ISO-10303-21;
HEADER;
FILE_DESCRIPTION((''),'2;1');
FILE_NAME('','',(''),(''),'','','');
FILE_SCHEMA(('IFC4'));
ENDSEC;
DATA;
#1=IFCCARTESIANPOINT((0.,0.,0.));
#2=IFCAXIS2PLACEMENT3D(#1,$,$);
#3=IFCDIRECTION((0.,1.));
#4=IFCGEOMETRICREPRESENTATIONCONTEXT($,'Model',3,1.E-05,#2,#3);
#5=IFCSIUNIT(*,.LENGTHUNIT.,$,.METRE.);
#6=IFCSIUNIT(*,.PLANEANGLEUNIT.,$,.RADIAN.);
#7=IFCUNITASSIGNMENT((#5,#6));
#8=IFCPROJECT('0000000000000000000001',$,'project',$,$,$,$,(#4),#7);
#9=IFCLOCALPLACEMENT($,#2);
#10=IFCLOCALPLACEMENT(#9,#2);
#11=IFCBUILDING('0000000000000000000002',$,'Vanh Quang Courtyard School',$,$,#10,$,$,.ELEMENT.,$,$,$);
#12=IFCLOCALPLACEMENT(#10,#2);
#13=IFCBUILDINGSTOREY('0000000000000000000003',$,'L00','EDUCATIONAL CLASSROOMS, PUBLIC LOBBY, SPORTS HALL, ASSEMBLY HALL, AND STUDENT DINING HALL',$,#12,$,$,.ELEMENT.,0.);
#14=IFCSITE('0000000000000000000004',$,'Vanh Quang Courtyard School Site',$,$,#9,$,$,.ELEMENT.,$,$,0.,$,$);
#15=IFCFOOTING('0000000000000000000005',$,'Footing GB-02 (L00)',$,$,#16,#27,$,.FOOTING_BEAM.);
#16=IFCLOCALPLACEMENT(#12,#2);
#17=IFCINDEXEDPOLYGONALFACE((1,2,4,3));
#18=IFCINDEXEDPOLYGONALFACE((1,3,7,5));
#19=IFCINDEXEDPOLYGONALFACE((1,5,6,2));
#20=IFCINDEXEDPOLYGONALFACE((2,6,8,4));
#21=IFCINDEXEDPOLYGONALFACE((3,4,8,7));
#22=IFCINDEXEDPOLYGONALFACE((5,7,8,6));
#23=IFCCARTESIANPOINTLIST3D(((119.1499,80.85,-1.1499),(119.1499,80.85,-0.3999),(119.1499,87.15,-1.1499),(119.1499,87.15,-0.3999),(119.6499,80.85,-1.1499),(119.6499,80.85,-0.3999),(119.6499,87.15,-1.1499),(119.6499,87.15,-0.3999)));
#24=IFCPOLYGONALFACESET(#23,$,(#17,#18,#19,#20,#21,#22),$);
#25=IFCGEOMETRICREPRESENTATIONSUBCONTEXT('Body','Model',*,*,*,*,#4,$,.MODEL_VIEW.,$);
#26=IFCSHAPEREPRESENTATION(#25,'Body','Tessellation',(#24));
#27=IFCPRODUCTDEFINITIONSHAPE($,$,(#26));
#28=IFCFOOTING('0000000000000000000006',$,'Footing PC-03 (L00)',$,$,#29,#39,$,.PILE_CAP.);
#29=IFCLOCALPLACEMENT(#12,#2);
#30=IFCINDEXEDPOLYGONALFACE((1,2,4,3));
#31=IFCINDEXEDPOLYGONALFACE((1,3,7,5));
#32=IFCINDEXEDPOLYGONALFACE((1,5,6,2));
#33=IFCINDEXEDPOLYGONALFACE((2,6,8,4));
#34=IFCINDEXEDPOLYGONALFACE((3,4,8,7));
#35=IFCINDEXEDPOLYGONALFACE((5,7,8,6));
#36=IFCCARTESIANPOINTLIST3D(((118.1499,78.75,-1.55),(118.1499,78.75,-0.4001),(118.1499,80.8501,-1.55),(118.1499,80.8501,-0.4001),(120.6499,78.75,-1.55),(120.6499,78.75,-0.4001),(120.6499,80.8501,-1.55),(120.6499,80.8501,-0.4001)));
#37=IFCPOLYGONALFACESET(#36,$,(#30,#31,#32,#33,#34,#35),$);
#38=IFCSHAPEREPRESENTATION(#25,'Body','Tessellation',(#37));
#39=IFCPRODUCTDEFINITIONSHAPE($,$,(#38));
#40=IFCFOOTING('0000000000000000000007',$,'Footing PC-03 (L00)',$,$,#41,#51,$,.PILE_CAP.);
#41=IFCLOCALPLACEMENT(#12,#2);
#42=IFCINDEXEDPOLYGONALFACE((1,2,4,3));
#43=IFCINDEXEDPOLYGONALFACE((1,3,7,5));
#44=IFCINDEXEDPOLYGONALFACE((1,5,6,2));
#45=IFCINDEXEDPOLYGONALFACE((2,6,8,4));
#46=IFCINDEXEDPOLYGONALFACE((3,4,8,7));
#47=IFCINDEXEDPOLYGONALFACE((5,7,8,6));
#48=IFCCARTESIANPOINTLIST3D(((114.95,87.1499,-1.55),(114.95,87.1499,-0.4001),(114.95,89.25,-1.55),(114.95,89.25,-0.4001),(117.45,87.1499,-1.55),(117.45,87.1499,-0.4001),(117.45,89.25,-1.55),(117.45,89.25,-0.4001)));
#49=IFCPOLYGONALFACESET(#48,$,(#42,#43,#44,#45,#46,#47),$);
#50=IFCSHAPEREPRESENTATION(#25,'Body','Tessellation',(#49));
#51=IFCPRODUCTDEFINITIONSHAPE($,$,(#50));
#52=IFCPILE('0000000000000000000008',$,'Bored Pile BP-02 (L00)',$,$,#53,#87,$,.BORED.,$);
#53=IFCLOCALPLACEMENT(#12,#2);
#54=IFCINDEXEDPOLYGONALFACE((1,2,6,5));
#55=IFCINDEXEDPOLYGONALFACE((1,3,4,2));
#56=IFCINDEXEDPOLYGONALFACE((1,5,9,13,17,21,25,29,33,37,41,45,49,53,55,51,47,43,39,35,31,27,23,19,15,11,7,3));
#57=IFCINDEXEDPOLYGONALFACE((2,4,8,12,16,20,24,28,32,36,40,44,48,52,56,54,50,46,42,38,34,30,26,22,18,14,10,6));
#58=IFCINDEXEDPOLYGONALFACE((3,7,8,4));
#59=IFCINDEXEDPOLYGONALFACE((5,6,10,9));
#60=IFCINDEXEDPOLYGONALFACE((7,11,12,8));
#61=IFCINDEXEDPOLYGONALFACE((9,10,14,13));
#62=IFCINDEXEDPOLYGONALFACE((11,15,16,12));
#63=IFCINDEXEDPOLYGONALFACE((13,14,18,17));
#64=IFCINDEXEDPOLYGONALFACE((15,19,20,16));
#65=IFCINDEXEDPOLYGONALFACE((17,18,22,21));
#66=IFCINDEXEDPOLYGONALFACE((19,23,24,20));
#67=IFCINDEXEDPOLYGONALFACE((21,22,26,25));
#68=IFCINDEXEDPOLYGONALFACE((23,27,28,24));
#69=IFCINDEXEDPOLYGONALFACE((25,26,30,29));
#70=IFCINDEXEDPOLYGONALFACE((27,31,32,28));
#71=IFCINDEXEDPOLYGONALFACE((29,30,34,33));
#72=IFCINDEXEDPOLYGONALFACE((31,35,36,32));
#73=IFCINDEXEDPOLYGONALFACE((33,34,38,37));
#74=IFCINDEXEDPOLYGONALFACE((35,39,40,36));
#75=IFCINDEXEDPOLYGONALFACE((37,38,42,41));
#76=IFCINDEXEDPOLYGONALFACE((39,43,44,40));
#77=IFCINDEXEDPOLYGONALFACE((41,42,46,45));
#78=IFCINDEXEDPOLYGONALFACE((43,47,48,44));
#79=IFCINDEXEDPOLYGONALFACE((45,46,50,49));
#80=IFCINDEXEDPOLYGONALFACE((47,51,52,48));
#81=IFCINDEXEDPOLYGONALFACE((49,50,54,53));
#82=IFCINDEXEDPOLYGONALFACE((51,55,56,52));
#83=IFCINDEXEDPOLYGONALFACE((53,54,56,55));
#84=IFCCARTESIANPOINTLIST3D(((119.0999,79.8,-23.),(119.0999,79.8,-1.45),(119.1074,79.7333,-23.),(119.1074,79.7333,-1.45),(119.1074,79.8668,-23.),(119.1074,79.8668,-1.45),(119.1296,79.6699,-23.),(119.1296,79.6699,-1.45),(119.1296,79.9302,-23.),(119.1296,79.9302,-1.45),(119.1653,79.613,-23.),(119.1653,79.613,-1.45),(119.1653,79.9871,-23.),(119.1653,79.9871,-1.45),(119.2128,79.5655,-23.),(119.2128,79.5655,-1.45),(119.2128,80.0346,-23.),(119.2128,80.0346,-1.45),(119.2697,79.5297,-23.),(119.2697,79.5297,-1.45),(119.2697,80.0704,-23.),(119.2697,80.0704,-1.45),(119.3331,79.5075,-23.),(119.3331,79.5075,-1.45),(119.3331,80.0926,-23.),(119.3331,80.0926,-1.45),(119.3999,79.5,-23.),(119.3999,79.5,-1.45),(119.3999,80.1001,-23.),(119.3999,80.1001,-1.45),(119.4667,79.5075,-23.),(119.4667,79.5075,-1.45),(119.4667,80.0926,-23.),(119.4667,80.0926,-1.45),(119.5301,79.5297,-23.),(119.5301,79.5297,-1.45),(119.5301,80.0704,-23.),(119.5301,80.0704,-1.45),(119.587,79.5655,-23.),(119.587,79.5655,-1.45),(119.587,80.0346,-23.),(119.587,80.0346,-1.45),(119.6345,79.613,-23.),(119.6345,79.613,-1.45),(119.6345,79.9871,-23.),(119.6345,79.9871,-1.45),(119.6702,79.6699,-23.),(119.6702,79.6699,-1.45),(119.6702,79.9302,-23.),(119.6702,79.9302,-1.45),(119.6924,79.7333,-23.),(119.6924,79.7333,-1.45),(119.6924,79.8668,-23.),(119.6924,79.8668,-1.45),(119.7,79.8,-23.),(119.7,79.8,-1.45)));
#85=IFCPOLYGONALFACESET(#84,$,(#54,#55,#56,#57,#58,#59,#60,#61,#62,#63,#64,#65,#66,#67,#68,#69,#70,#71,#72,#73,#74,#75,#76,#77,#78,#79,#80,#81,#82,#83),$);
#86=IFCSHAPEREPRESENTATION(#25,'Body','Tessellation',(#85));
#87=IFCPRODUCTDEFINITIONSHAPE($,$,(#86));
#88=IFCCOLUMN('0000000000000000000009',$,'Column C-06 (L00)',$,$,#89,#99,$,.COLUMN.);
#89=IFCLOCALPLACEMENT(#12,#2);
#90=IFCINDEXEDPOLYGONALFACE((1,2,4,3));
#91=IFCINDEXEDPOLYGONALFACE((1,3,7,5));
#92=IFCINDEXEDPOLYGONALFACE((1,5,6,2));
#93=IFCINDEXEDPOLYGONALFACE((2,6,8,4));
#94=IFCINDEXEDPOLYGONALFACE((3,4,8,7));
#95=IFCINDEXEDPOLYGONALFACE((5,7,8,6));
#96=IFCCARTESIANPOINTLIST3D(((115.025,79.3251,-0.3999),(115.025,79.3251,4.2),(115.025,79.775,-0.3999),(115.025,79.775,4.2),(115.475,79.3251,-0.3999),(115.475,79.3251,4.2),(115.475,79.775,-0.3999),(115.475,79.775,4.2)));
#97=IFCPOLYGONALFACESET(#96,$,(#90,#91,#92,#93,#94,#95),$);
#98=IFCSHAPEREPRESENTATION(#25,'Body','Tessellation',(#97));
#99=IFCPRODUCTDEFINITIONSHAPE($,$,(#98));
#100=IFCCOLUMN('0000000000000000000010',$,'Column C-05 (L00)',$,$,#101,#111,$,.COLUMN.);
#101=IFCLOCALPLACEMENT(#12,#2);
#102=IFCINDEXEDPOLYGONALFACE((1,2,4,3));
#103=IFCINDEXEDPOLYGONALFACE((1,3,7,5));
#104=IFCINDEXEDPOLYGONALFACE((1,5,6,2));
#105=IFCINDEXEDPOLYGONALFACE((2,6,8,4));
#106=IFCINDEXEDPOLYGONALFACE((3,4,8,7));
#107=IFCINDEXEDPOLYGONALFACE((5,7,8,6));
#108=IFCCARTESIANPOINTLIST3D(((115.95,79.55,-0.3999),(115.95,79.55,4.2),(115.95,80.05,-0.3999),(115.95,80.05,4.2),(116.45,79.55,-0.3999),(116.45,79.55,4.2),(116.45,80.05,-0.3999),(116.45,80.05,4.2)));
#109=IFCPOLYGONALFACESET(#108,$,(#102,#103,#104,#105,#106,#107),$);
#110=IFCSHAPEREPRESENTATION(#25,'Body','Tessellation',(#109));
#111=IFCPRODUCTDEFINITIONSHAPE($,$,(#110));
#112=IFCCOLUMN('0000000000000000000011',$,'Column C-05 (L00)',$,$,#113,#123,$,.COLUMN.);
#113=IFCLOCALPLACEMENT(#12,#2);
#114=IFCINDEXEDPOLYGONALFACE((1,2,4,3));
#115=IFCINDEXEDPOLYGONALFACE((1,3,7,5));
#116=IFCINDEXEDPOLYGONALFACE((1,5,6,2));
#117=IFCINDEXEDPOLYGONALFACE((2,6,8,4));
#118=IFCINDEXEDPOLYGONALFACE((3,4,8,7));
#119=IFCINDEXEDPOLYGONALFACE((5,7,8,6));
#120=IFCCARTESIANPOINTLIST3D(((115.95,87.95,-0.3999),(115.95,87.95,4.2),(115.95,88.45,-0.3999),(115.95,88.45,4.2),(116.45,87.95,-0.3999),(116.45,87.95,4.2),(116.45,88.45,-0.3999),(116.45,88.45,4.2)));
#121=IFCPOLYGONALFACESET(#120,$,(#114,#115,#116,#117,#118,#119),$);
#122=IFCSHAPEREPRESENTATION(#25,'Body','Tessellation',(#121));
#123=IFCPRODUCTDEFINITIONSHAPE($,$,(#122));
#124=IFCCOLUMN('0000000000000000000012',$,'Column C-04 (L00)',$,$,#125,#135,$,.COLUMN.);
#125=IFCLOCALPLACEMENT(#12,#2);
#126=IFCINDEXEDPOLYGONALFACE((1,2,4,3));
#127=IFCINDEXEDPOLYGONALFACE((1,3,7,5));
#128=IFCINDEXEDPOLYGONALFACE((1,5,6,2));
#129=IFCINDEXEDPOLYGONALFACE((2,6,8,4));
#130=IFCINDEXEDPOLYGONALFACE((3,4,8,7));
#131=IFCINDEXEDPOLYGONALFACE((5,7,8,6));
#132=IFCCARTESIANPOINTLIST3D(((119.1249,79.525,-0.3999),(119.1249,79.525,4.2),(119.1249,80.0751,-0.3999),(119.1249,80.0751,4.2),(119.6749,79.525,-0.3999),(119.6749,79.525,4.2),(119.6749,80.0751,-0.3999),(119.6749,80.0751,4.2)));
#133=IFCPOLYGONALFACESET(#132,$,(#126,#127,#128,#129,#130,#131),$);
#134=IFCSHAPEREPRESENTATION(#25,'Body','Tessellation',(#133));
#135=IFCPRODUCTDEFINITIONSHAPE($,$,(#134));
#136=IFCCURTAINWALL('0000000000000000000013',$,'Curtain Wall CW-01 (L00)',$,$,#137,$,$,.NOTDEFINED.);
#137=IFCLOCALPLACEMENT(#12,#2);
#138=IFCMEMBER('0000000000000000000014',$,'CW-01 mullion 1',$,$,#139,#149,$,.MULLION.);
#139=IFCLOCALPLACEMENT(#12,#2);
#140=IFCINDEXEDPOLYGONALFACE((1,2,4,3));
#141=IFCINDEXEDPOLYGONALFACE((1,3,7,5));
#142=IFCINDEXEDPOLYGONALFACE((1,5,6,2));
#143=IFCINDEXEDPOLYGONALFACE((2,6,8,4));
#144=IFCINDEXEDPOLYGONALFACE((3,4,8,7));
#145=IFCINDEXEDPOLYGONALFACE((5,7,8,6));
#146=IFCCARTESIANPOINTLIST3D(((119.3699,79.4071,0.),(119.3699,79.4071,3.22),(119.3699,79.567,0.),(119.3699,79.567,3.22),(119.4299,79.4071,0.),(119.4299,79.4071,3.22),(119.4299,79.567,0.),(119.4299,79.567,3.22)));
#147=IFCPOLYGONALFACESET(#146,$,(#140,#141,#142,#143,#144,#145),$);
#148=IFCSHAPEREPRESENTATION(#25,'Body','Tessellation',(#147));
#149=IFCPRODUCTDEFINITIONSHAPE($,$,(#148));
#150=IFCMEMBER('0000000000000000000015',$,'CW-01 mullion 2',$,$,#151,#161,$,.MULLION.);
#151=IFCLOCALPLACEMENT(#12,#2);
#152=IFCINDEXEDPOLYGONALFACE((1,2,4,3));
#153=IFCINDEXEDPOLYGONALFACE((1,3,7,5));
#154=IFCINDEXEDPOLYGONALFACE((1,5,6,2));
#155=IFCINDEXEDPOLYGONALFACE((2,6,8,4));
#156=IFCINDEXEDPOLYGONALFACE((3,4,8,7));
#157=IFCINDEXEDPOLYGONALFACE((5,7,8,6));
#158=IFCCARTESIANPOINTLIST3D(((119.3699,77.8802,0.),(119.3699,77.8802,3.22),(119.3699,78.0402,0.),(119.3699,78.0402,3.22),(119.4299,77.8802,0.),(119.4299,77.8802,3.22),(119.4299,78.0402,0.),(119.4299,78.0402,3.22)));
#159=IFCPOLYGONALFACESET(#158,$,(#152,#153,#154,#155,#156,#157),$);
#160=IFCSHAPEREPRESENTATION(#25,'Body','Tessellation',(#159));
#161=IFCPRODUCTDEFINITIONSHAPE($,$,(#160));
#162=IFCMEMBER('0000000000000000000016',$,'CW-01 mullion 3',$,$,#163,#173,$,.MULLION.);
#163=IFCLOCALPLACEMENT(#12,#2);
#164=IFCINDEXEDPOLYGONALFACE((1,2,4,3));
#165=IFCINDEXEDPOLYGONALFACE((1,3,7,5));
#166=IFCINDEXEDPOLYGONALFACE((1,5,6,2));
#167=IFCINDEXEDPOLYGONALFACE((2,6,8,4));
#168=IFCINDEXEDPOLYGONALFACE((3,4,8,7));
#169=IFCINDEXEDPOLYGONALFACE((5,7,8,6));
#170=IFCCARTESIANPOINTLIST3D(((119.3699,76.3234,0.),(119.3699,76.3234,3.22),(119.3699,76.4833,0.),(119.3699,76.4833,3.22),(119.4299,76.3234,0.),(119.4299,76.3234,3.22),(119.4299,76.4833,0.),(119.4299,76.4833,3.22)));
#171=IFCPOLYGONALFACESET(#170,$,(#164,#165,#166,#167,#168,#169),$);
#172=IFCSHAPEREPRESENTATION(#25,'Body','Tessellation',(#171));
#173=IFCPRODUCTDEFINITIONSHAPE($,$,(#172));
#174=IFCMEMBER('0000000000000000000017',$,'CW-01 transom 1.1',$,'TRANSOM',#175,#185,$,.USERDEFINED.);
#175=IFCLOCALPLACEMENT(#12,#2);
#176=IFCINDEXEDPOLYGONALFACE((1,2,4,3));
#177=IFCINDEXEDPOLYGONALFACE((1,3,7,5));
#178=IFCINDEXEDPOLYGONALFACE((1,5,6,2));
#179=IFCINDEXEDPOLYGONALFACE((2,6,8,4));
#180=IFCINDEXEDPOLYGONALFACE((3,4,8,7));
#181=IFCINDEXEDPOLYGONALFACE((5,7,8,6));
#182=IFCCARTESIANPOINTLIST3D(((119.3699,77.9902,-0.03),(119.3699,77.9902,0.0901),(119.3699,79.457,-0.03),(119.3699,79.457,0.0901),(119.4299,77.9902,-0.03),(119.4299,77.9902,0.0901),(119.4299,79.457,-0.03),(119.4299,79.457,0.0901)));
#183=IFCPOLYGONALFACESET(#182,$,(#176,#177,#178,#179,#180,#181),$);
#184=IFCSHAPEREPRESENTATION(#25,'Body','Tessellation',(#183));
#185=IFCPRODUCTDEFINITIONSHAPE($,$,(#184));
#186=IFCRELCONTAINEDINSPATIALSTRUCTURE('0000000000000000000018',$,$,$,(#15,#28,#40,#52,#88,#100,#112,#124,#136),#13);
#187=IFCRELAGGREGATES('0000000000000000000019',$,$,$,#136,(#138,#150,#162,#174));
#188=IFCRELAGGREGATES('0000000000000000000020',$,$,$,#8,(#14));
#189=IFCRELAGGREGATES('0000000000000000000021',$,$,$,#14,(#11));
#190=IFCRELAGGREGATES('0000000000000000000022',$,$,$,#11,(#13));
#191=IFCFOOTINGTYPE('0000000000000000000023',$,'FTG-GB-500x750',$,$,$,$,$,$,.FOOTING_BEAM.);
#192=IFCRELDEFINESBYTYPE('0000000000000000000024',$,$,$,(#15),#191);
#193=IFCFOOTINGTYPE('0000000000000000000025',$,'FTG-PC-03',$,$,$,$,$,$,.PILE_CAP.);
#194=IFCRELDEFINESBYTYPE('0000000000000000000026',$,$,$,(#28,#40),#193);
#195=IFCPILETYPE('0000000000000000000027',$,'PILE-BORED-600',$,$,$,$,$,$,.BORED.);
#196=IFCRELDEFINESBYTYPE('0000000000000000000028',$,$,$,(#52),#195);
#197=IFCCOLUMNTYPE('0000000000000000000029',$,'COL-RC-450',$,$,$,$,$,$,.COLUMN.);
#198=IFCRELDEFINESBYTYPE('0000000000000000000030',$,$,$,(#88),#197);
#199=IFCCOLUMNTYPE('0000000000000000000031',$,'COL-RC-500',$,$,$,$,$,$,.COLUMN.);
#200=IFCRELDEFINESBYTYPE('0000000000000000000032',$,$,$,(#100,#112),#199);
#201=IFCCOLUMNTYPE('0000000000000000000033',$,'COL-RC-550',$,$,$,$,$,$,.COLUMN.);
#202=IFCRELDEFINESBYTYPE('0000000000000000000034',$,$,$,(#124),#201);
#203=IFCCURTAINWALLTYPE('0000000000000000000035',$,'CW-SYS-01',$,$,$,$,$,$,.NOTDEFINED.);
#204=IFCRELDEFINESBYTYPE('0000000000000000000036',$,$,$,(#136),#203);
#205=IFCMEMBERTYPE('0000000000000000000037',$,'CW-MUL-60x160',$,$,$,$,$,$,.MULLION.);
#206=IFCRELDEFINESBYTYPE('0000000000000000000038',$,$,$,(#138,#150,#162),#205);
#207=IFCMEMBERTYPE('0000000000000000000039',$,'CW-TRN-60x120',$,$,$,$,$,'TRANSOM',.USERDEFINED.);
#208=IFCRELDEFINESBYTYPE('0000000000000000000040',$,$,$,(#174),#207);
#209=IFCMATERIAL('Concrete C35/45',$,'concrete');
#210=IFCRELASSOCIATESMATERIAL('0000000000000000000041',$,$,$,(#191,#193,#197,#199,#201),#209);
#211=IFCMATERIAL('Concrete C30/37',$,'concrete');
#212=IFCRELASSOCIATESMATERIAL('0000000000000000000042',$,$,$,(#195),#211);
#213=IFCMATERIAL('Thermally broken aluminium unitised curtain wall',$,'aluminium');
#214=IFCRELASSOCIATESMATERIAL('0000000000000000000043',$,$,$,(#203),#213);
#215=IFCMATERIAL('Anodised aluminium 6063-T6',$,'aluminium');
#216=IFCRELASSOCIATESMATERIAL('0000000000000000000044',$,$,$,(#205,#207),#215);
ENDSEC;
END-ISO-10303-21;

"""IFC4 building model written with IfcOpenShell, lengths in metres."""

from ifc_helpers import new_model, si_unit, direction, frame, origin, origin_2d, place, context, subcontext, project, spatial, rectangle, circle, extrude, material, material_profile, profile_set, type_object, element, aggregate, save


model = new_model("IFC4")

# Units and contexts
model_context = context("Model", 3, precision=1e-05, world=origin(), true_north=direction((0.0, 1.0)))
body_context = subcontext(model_context, "Body", "Model", "MODEL_VIEW")
ifc_project = project(units=[si_unit("LENGTHUNIT", "METRE"), si_unit("PLANEANGLEUNIT", "RADIAN")], contexts=[model_context])

# Site, building, storey
site_placement = place(None, origin())
site = spatial("IfcSite", under=ifc_project, at=site_placement, Name="Vanh Quang Courtyard School Site", CompositionType="ELEMENT", RefElevation=0.0)
building_placement = place(site_placement, origin())
building = spatial("IfcBuilding", under=site, at=building_placement, Name="Vanh Quang Courtyard School", CompositionType="ELEMENT")
storey_placement = place(building_placement, origin())
storey = spatial("IfcBuildingStorey", under=building, at=storey_placement, Name="L00", Description="EDUCATIONAL CLASSROOMS, PUBLIC LOBBY, SPORTS HALL, ASSEMBLY HALL, AND STUDENT DINING HALL", CompositionType="ELEMENT", Elevation=0.0)

# Footings
ifc_material_1 = material(Name="Concrete C35/45", Category="concrete")
footing_type_1 = type_object("IfcFootingType", Name="FTG-GB-500x750", PredefinedType="FOOTING_BEAM", material=ifc_material_1)
footing_placement = place(storey_placement, frame((119.3999, 84.0, -1.1499), z_axis=(0.0, 0.0, 1.0), x_axis=(0.0, 1.0, 0.0)))
element("IfcFooting", 1, at=footing_placement, inside=storey, type_object=footing_type_1, Name="Footing GB-02 (L00)", PredefinedType="FOOTING_BEAM", context=body_context, shape_type="SweptSolid", body=[
    extrude(rectangle(XDim=6.3, YDim=0.5, at=origin_2d()), origin(), (0.0, 0.0, 1.0), 0.75),
])
footing_type_2 = type_object("IfcFootingType", Name="FTG-PC-03", PredefinedType="PILE_CAP", material=ifc_material_1)
for number, where, z_axis, x_axis, name in (
    (2, (119.3999, 79.8, -1.55), (0.0, 0.0, 1.0), (1.0, 0.0, 0.0), "Footing PC-03 (L00)"),
    (3, (116.2, 88.2, -1.55), (0.0, 0.0, 1.0), (1.0, 0.0, 0.0), "Footing PC-03 (L00)"),
):
    element("IfcFooting", number, at=place(storey_placement, frame(where, z_axis=z_axis, x_axis=x_axis)), inside=storey, type_object=footing_type_2, Name=name, PredefinedType="PILE_CAP", context=body_context, shape_type="SweptSolid", body=[
        extrude(rectangle(XDim=2.5, YDim=2.1001, at=origin_2d()), origin(), (0.0, 0.0, 1.0), 1.1499),
    ])

# Pile
ifc_material_2 = material(Name="Concrete C30/37", Category="concrete")
ifc_material_profile_1 = material_profile(ifc_material_2, circle(Radius=0.3, at=origin_2d()), Name="PILE D600")
ifc_profile_set_1 = profile_set([ifc_material_profile_1], Name="Concrete C30/37")
pile_type = type_object("IfcPileType", Name="PILE-BORED-600", PredefinedType="BORED", material=ifc_profile_set_1)
pile_placement = place(storey_placement, frame((119.3999, 79.8, -1.45), z_axis=(0.0, 0.0, -1.0), x_axis=(1.0, 0.0, 0.0)))
element("IfcPile", 4, at=pile_placement, inside=storey, type_object=pile_type, Name="Bored Pile BP-02 (L00)", PredefinedType="BORED", context=body_context, shape_type="SweptSolid", body=[
    extrude(circle(Radius=0.3, at=origin_2d()), origin(), (0.0, 0.0, 1.0), 21.55),
])

# Columns
ifc_material_profile_2 = material_profile(ifc_material_1, rectangle(XDim=0.45, YDim=0.45, at=origin_2d()), Name="RC-COL 450x450")
ifc_profile_set_2 = profile_set([ifc_material_profile_2], Name="Concrete C35/45")
column_type_1 = type_object("IfcColumnType", Name="COL-RC-450", PredefinedType="COLUMN", material=ifc_profile_set_2)
column_1_placement = place(storey_placement, frame((115.25, 79.55, -0.3999), z_axis=(0.0, 0.0, 1.0), x_axis=(1.0, 0.0, 0.0)))
element("IfcColumn", 5, at=column_1_placement, inside=storey, type_object=column_type_1, Name="Column C-06 (L00)", PredefinedType="COLUMN", context=body_context, shape_type="SweptSolid", body=[
    extrude(rectangle(XDim=0.45, YDim=0.45, at=origin_2d()), origin(), (0.0, 0.0, 1.0), 4.5999),
])
ifc_material_profile_3 = material_profile(ifc_material_1, rectangle(XDim=0.5, YDim=0.5, at=origin_2d()), Name="RC-COL 500x500")
ifc_profile_set_3 = profile_set([ifc_material_profile_3], Name="Concrete C35/45")
column_type_2 = type_object("IfcColumnType", Name="COL-RC-500", PredefinedType="COLUMN", material=ifc_profile_set_3)
for number, where, z_axis, x_axis, name in (
    (6, (116.2, 79.8, -0.3999), (0.0, 0.0, 1.0), (1.0, 0.0, 0.0), "Column C-05 (L00)"),
    (7, (116.2, 88.2, -0.3999), (0.0, 0.0, 1.0), (1.0, 0.0, 0.0), "Column C-05 (L00)"),
):
    element("IfcColumn", number, at=place(storey_placement, frame(where, z_axis=z_axis, x_axis=x_axis)), inside=storey, type_object=column_type_2, Name=name, PredefinedType="COLUMN", context=body_context, shape_type="SweptSolid", body=[
        extrude(rectangle(XDim=0.5, YDim=0.5, at=origin_2d()), origin(), (0.0, 0.0, 1.0), 4.5999),
    ])
ifc_material_profile_4 = material_profile(ifc_material_1, rectangle(XDim=0.55, YDim=0.55, at=origin_2d()), Name="RC-COL 550x550")
ifc_profile_set_4 = profile_set([ifc_material_profile_4], Name="Concrete C35/45")
column_type_3 = type_object("IfcColumnType", Name="COL-RC-550", PredefinedType="COLUMN", material=ifc_profile_set_4)
column_2_placement = place(storey_placement, frame((119.3999, 79.8, -0.3999), z_axis=(0.0, 0.0, 1.0), x_axis=(1.0, 0.0, 0.0)))
element("IfcColumn", 8, at=column_2_placement, inside=storey, type_object=column_type_3, Name="Column C-04 (L00)", PredefinedType="COLUMN", context=body_context, shape_type="SweptSolid", body=[
    extrude(rectangle(XDim=0.55, YDim=0.55, at=origin_2d()), origin(), (0.0, 0.0, 1.0), 4.5999),
])

# Curtain wall, members
ifc_material_3 = material(Name="Thermally broken aluminium unitised curtain wall", Category="aluminium")
curtain_wall_type = type_object("IfcCurtainWallType", Name="CW-SYS-01", PredefinedType="NOTDEFINED", material=ifc_material_3)
curtain_wall_placement = place(storey_placement, origin())
curtain_wall = element("IfcCurtainWall", 9, at=curtain_wall_placement, inside=storey, type_object=curtain_wall_type, Name="Curtain Wall CW-01 (L00)", PredefinedType="NOTDEFINED")
ifc_material_4 = material(Name="Anodised aluminium 6063-T6", Category="aluminium")
ifc_material_profile_5 = material_profile(ifc_material_4, rectangle(XDim=0.0601, YDim=0.1599, at=origin_2d()), Name="ALU-MUL 60x160")
ifc_profile_set_5 = profile_set([ifc_material_profile_5], Name="Anodised aluminium 6063-T6")
member_type_1 = type_object("IfcMemberType", Name="CW-MUL-60x160", PredefinedType="MULLION", material=ifc_profile_set_5)
member_1_placement = place(storey_placement, frame((119.3999, 79.4871, 0.0), z_axis=(0.0, 0.0, 1.0), x_axis=(1.0, 0.0, 0.0)))
member_1 = element("IfcMember", 10, at=member_1_placement, type_object=member_type_1, Name="CW-01 mullion 1", PredefinedType="MULLION", context=body_context, shape_type="SweptSolid", body=[
    extrude(rectangle(XDim=0.0601, YDim=0.1599, at=origin_2d()), origin(), (0.0, 0.0, 1.0), 3.22),
])
member_2_placement = place(storey_placement, frame((119.3999, 77.9602, 0.0), z_axis=(0.0, 0.0, 1.0), x_axis=(1.0, 0.0, 0.0)))
member_2 = element("IfcMember", 11, at=member_2_placement, type_object=member_type_1, Name="CW-01 mullion 2", PredefinedType="MULLION", context=body_context, shape_type="SweptSolid", body=[
    extrude(rectangle(XDim=0.0601, YDim=0.1599, at=origin_2d()), origin(), (0.0, 0.0, 1.0), 3.22),
])
member_3_placement = place(storey_placement, frame((119.3999, 76.4033, 0.0), z_axis=(0.0, 0.0, 1.0), x_axis=(1.0, 0.0, 0.0)))
member_3 = element("IfcMember", 12, at=member_3_placement, type_object=member_type_1, Name="CW-01 mullion 3", PredefinedType="MULLION", context=body_context, shape_type="SweptSolid", body=[
    extrude(rectangle(XDim=0.0601, YDim=0.1599, at=origin_2d()), origin(), (0.0, 0.0, 1.0), 3.22),
])
ifc_material_profile_6 = material_profile(ifc_material_4, rectangle(XDim=0.0601, YDim=0.1201, at=origin_2d()), Name="ALU-TRN 60x120")
ifc_profile_set_6 = profile_set([ifc_material_profile_6], Name="Anodised aluminium 6063-T6")
member_type_2 = type_object("IfcMemberType", Name="CW-TRN-60x120", ElementType="TRANSOM", PredefinedType="USERDEFINED", material=ifc_profile_set_6)
member_4_placement = place(storey_placement, frame((119.3999, 79.457, 0.03), z_axis=(0.0, -1.0, 0.0), x_axis=(1.0, 0.0, 0.0)))
member_4 = element("IfcMember", 13, at=member_4_placement, type_object=member_type_2, Name="CW-01 transom 1.1", ObjectType="TRANSOM", PredefinedType="USERDEFINED", context=body_context, shape_type="SweptSolid", body=[
    extrude(rectangle(XDim=0.0601, YDim=0.1201, at=origin_2d()), origin(), (0.0, 0.0, 1.0), 1.4668),
])
aggregate(curtain_wall, [member_1, member_2, member_3, member_4])

save(model, "model.ifc")
